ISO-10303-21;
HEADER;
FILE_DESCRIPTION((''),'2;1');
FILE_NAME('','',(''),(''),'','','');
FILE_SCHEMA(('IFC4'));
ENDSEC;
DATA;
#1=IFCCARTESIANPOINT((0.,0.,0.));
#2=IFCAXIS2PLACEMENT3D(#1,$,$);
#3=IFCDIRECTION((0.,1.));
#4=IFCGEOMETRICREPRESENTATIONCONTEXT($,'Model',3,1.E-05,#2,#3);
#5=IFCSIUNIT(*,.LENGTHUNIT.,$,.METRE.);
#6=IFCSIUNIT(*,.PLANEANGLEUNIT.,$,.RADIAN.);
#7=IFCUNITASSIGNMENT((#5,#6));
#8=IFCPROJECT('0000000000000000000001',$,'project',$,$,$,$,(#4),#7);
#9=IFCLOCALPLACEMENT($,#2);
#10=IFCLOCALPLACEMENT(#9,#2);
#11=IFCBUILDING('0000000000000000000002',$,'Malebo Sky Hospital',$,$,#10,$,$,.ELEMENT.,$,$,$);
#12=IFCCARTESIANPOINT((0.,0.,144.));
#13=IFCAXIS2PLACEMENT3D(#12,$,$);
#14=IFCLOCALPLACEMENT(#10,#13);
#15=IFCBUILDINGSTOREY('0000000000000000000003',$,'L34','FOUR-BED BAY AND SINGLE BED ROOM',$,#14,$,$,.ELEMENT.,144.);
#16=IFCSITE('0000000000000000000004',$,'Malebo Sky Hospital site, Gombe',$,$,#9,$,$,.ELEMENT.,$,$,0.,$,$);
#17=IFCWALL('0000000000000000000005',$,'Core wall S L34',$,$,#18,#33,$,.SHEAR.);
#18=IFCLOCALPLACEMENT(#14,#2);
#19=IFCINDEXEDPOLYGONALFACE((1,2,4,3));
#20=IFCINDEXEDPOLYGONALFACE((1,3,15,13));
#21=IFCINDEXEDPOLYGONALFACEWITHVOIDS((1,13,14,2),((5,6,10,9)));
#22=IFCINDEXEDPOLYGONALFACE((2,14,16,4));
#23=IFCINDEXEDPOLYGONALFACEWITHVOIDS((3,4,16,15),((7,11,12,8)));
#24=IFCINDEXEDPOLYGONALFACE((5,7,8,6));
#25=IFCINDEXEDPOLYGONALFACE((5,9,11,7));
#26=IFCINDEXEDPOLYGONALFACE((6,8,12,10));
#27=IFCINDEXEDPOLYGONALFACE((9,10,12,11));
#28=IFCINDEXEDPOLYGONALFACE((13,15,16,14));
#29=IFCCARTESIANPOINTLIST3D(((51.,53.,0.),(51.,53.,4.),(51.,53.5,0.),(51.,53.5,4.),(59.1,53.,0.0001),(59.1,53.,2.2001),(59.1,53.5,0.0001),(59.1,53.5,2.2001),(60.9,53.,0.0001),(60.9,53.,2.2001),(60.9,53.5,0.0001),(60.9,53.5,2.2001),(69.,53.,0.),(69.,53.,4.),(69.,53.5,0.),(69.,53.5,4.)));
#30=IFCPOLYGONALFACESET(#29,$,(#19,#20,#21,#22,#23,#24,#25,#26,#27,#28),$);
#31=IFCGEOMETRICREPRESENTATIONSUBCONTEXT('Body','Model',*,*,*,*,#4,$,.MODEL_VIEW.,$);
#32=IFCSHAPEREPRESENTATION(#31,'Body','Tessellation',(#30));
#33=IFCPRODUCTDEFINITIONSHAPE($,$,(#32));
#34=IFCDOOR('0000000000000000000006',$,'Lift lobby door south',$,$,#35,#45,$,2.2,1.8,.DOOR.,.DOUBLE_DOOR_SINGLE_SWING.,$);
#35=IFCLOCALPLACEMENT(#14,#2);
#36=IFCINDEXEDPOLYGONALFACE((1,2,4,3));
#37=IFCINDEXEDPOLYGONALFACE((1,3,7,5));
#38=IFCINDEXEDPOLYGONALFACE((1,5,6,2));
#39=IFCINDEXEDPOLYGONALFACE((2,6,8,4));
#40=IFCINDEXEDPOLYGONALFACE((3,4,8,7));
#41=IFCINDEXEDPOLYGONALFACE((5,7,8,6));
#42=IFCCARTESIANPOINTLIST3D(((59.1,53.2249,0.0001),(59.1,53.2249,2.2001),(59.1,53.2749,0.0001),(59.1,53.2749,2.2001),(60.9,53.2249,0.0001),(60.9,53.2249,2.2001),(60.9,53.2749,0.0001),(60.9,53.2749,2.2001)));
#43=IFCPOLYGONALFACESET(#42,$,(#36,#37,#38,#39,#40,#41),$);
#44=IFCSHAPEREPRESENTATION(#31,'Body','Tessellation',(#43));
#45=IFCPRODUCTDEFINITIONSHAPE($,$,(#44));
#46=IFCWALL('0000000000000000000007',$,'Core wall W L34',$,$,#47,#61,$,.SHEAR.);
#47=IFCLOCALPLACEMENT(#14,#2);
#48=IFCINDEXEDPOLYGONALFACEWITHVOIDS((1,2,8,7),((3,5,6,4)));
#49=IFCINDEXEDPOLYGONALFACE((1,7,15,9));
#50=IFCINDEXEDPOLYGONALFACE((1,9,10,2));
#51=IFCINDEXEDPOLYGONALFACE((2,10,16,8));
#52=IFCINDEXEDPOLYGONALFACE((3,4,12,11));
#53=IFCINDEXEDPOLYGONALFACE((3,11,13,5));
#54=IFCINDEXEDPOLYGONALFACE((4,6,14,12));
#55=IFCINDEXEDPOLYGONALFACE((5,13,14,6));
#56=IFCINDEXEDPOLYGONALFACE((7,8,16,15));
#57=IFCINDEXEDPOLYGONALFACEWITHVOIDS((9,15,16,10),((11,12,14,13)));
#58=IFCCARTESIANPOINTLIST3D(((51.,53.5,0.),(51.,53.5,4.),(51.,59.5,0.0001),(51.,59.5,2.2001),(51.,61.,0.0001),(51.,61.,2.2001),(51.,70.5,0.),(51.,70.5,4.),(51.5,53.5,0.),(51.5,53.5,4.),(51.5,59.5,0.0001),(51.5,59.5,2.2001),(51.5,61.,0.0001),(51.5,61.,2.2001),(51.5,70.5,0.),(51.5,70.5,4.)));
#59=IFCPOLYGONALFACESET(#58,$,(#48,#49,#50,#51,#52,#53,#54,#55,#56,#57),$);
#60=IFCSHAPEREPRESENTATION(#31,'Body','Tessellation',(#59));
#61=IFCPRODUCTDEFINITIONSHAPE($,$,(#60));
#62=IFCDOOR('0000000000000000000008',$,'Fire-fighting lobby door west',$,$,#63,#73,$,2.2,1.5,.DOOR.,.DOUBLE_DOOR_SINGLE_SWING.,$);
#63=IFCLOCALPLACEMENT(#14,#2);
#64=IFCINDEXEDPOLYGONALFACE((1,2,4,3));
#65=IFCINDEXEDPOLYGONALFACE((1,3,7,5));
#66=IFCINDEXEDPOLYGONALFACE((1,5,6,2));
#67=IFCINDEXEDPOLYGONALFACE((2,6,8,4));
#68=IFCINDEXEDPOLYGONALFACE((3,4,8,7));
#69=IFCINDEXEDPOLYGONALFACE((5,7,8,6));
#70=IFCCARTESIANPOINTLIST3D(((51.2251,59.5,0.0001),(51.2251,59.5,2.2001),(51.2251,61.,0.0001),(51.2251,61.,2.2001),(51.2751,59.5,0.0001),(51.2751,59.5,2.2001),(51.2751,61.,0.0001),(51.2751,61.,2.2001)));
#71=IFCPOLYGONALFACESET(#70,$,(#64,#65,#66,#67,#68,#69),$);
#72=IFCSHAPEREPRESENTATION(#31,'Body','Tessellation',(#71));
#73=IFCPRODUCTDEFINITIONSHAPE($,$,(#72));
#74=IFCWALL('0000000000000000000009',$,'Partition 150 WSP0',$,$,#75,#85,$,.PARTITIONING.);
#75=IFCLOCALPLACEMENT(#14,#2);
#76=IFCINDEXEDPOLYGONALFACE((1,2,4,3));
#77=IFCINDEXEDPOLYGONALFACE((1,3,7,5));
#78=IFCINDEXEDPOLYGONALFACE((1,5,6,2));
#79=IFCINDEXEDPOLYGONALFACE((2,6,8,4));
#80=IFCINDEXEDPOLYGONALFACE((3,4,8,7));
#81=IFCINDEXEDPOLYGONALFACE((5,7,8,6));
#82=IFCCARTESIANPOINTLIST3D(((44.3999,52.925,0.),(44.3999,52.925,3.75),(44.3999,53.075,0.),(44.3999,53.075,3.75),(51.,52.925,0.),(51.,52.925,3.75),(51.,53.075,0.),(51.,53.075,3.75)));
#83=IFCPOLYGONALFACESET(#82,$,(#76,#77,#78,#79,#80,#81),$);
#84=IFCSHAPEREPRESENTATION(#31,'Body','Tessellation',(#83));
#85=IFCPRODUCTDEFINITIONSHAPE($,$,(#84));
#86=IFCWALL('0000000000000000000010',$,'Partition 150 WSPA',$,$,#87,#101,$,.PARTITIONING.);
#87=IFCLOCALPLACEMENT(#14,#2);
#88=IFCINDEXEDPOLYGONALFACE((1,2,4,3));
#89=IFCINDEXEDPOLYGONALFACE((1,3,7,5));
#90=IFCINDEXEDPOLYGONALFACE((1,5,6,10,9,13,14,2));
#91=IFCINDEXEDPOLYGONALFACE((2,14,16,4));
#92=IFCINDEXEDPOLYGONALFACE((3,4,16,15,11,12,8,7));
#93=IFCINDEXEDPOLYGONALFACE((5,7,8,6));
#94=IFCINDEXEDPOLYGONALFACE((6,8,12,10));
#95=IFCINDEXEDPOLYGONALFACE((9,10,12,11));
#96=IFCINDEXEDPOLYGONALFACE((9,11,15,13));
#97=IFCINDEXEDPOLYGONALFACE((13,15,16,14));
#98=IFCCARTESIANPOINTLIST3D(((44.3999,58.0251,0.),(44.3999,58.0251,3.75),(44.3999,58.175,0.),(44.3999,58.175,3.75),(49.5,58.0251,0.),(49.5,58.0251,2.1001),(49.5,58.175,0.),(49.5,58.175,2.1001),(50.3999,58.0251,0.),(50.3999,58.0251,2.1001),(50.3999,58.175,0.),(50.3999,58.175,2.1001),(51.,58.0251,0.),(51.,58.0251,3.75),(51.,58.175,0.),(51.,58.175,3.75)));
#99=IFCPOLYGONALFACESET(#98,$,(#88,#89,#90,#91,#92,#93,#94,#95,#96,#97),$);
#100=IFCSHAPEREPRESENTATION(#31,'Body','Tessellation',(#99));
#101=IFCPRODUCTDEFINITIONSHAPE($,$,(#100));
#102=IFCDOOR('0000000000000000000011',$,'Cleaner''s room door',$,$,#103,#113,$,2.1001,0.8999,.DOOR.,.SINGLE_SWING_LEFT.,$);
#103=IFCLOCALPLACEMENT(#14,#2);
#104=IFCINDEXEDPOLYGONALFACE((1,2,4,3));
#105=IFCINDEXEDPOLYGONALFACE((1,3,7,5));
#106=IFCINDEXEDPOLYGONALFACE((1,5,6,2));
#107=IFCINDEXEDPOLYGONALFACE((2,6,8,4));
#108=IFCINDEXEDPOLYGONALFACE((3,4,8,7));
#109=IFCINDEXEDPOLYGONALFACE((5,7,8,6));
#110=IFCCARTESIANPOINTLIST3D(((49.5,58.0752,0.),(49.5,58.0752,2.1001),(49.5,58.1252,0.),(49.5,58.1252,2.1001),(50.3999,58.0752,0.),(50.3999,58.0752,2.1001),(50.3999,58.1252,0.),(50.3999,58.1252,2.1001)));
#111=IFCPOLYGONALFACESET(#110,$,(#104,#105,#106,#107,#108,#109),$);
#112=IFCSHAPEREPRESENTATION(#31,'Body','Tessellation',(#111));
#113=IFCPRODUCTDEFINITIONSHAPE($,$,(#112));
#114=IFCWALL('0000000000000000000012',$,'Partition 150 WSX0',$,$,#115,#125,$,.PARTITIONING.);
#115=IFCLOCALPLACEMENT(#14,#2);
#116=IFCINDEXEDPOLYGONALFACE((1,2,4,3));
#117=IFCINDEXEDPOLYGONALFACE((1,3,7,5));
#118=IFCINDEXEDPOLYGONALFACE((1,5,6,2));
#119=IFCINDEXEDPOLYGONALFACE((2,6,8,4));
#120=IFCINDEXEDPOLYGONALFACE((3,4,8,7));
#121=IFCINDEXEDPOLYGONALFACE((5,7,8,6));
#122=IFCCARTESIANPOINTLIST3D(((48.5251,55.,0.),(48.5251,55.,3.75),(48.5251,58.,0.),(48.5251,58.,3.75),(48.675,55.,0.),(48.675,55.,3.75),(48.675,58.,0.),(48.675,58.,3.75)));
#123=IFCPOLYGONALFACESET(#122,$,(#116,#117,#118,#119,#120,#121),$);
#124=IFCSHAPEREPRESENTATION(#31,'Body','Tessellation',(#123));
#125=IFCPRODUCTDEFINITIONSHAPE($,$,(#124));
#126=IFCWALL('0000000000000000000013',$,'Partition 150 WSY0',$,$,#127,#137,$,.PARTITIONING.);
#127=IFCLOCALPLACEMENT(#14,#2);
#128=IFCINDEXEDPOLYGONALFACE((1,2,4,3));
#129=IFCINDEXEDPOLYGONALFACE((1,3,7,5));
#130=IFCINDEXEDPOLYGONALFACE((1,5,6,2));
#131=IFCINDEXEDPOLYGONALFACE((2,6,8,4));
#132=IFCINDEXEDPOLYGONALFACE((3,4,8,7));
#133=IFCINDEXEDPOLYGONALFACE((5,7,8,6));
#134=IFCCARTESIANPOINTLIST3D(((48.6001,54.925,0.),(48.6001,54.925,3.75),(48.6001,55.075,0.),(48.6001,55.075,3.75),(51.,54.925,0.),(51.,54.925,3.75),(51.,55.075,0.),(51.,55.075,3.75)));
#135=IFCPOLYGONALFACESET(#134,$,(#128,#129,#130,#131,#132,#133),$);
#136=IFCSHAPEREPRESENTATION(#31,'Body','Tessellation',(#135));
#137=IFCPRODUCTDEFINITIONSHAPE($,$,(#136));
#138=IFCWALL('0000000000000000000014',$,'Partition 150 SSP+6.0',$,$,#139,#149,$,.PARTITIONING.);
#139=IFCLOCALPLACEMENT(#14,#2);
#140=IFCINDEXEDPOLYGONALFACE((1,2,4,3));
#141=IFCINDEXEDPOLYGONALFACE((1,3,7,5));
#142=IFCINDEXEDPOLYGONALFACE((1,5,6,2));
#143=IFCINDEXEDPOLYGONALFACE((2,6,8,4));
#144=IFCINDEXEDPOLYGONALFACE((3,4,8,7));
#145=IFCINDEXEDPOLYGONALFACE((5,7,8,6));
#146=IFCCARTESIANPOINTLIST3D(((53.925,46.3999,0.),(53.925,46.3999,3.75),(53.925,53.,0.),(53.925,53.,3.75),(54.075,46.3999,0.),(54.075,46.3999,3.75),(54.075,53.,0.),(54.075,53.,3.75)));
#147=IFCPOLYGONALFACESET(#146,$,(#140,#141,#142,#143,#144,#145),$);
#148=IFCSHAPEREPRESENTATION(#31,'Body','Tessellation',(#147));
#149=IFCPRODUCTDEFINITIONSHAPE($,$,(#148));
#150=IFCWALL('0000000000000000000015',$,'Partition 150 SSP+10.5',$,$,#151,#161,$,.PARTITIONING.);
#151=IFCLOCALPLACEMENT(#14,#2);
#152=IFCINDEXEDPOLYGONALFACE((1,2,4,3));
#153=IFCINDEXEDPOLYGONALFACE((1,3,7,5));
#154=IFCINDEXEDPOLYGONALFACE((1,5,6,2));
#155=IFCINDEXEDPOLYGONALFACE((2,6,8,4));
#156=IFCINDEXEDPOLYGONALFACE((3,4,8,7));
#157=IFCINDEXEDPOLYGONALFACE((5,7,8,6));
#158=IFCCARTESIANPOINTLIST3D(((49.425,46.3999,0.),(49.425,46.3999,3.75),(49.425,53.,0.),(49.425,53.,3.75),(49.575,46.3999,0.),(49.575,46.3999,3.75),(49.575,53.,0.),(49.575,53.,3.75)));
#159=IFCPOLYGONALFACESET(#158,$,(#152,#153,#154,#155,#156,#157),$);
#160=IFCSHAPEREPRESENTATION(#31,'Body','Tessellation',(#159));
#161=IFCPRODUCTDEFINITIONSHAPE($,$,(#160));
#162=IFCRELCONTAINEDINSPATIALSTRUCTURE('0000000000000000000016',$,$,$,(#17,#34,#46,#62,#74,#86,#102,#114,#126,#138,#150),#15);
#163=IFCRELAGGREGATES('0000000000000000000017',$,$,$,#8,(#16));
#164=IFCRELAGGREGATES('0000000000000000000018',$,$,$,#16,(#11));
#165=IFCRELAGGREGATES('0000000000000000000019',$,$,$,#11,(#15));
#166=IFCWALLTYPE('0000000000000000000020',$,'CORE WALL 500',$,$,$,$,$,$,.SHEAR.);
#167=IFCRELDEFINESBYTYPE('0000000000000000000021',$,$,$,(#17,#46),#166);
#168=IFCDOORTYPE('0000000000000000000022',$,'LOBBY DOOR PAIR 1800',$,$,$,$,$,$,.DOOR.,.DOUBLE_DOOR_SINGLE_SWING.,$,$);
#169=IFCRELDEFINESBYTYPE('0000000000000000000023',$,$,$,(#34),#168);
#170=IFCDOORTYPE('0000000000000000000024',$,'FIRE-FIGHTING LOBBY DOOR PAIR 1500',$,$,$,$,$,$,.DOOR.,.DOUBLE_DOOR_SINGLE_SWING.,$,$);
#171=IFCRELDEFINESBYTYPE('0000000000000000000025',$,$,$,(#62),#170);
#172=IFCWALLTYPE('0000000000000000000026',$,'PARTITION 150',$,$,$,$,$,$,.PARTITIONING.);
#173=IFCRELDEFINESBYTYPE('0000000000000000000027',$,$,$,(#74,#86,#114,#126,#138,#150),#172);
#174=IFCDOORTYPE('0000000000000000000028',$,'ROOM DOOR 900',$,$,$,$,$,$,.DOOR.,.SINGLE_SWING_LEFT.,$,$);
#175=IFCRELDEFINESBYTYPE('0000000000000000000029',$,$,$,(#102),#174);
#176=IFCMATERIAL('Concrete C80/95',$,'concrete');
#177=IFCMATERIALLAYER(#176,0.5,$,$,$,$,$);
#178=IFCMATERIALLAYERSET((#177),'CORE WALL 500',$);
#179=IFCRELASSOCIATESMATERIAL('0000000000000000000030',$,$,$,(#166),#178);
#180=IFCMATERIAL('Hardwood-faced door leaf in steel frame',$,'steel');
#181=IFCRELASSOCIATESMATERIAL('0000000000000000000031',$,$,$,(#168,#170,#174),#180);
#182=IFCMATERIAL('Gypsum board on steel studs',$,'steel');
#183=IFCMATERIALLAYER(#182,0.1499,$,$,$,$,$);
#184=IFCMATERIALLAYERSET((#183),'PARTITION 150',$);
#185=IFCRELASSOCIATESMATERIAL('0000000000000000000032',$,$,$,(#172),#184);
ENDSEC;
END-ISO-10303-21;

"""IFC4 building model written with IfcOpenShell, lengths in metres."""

from ifc_helpers import new_model, si_unit, direction, frame, frame_2d, origin, place, context, subcontext, project, spatial, rectangle, extrude, material, layer, layer_set, type_object, element, fill, save


model = new_model("IFC4")

# Units and contexts
model_context = context("Model", 3, precision=1e-05, world=origin(), true_north=direction((0.0, 1.0)))
body_context = subcontext(model_context, "Body", "Model", "MODEL_VIEW")
ifc_project = project(units=[si_unit("LENGTHUNIT", "METRE"), si_unit("PLANEANGLEUNIT", "RADIAN")], contexts=[model_context])

# Site, building, storey
site_placement = place(None, origin())
site = spatial("IfcSite", under=ifc_project, at=site_placement, Name="Malebo Sky Hospital site, Gombe", CompositionType="ELEMENT", RefElevation=0.0)
building_placement = place(site_placement, origin())
building = spatial("IfcBuilding", under=site, at=building_placement, Name="Malebo Sky Hospital", CompositionType="ELEMENT")
storey_placement = place(building_placement, frame((0.0, 0.0, 144.0)))
storey = spatial("IfcBuildingStorey", under=building, at=storey_placement, Name="L34", Description="FOUR-BED BAY AND SINGLE BED ROOM", CompositionType="ELEMENT", Elevation=144.0)

# Shared definitions
ifc_material_1 = material(Name="Concrete C80/95", Category="concrete")

# Walls, openings, doors
ifc_layer_1 = layer(ifc_material_1, 0.5)
ifc_layer_set_1 = layer_set([ifc_layer_1], Name="CORE WALL 500")
wall_type_1 = type_object("IfcWallType", Name="CORE WALL 500", PredefinedType="SHEAR", material=ifc_layer_set_1)
wall_1_placement = place(storey_placement, frame((51.0, 53.25, 0.0), z_axis=(0.0, 0.0, 1.0), x_axis=(1.0, 0.0, 0.0)))
wall_1 = element("IfcWall", 1, at=wall_1_placement, inside=storey, type_object=wall_type_1, Name="Core wall S L34", PredefinedType="SHEAR", context=body_context, shape_type="SweptSolid", body=[
    extrude(rectangle(XDim=18.0, YDim=0.5, at=frame_2d((9.0, 0.0))), origin(), (0.0, 0.0, 1.0), 4.0),
])
opening_1_placement = place(wall_1_placement, frame((8.1001, 0.0, 0.0)))
opening_1 = element("IfcOpeningElement", 2, at=opening_1_placement, cuts=wall_1, PredefinedType="OPENING", context=body_context, shape_type="SweptSolid", body=[
    extrude(rectangle(XDim=1.8, YDim=2.2, at=frame_2d((0.8999, 1.1001))), frame((0.0, 0.26, 0.0), z_axis=(0.0, -1.0, 0.0), x_axis=(1.0, 0.0, 0.0)), (0.0, 0.0, 1.0), 0.52),
])
ifc_material_2 = material(Name="Hardwood-faced door leaf in steel frame", Category="steel")
door_type_1 = type_object("IfcDoorType", Name="LOBBY DOOR PAIR 1800", OperationType="DOUBLE_DOOR_SINGLE_SWING", PredefinedType="DOOR", material=ifc_material_2)
door_1_placement = place(opening_1_placement, origin())
door_1 = element("IfcDoor", 3, at=door_1_placement, inside=storey, type_object=door_type_1, Name="Lift lobby door south", OperationType="DOUBLE_DOOR_SINGLE_SWING", OverallHeight=2.2, OverallWidth=1.8, PredefinedType="DOOR", context=body_context, shape_type="SweptSolid", body=[
    extrude(rectangle(XDim=1.8, YDim=2.2, at=frame_2d((0.8999, 1.1001))), frame((0.0, 0.0249, 0.0), z_axis=(0.0, -1.0, 0.0), x_axis=(1.0, 0.0, 0.0)), (0.0, 0.0, 1.0), 0.05),
])
fill(opening_1, door_1)
wall_2_placement = place(storey_placement, frame((51.25, 53.5, 0.0), z_axis=(0.0, 0.0, 1.0), x_axis=(0.0, 1.0, 0.0)))
wall_2 = element("IfcWall", 4, at=wall_2_placement, inside=storey, type_object=wall_type_1, Name="Core wall W L34", PredefinedType="SHEAR", context=body_context, shape_type="SweptSolid", body=[
    extrude(rectangle(XDim=17.0, YDim=0.5, at=frame_2d((8.5, 0.0))), origin(), (0.0, 0.0, 1.0), 4.0),
])
opening_2_placement = place(wall_2_placement, frame((6.0, 0.0, 0.0)))
opening_2 = element("IfcOpeningElement", 5, at=opening_2_placement, cuts=wall_2, PredefinedType="OPENING", context=body_context, shape_type="SweptSolid", body=[
    extrude(rectangle(XDim=1.5, YDim=2.2, at=frame_2d((0.75, 1.1001))), frame((0.0, 0.26, 0.0), z_axis=(0.0, -1.0, 0.0), x_axis=(1.0, 0.0, 0.0)), (0.0, 0.0, 1.0), 0.52),
])
door_type_2 = type_object("IfcDoorType", Name="FIRE-FIGHTING LOBBY DOOR PAIR 1500", OperationType="DOUBLE_DOOR_SINGLE_SWING", PredefinedType="DOOR", material=ifc_material_2)
door_2_placement = place(opening_2_placement, origin())
door_2 = element("IfcDoor", 6, at=door_2_placement, inside=storey, type_object=door_type_2, Name="Fire-fighting lobby door west", OperationType="DOUBLE_DOOR_SINGLE_SWING", OverallHeight=2.2, OverallWidth=1.5, PredefinedType="DOOR", context=body_context, shape_type="SweptSolid", body=[
    extrude(rectangle(XDim=1.5, YDim=2.2, at=frame_2d((0.75, 1.1001))), frame((0.0, 0.0249, 0.0), z_axis=(0.0, -1.0, 0.0), x_axis=(1.0, 0.0, 0.0)), (0.0, 0.0, 1.0), 0.05),
])
fill(opening_2, door_2)

# Wall
ifc_material_3 = material(Name="Gypsum board on steel studs", Category="steel")
ifc_layer_2 = layer(ifc_material_3, 0.1499)
ifc_layer_set_2 = layer_set([ifc_layer_2], Name="PARTITION 150")
wall_type_2 = type_object("IfcWallType", Name="PARTITION 150", PredefinedType="PARTITIONING", material=ifc_layer_set_2)
wall_3_placement = place(storey_placement, frame((51.0, 53.0, 0.0), z_axis=(0.0, 0.0, 1.0), x_axis=(-1.0, 0.0, 0.0)))
element("IfcWall", 7, at=wall_3_placement, inside=storey, type_object=wall_type_2, Name="Partition 150 WSP0", PredefinedType="PARTITIONING", context=body_context, shape_type="SweptSolid", body=[
    extrude(rectangle(XDim=6.6001, YDim=0.1499, at=frame_2d((3.3, 0.0))), origin(), (0.0, 0.0, 1.0), 3.75),
])

# Wall, opening, door
wall_4_placement = place(storey_placement, frame((51.0, 58.1001, 0.0), z_axis=(0.0, 0.0, 1.0), x_axis=(-1.0, 0.0, 0.0)))
wall_4 = element("IfcWall", 8, at=wall_4_placement, inside=storey, type_object=wall_type_2, Name="Partition 150 WSPA", PredefinedType="PARTITIONING", context=body_context, shape_type="SweptSolid", body=[
    extrude(rectangle(XDim=6.6001, YDim=0.1499, at=frame_2d((3.3, 0.0))), origin(), (0.0, 0.0, 1.0), 3.75),
])
opening_3_placement = place(wall_4_placement, frame((0.6001, 0.0, 0.0)))
opening_3 = element("IfcOpeningElement", 9, at=opening_3_placement, cuts=wall_4, PredefinedType="OPENING", context=body_context, shape_type="SweptSolid", body=[
    extrude(rectangle(XDim=0.8999, YDim=2.1001, at=frame_2d((0.45, 1.05))), frame((0.0, 0.085, 0.0), z_axis=(0.0, -1.0, 0.0), x_axis=(1.0, 0.0, 0.0)), (0.0, 0.0, 1.0), 0.1699),
])
door_type_3 = type_object("IfcDoorType", Name="ROOM DOOR 900", OperationType="SINGLE_SWING_LEFT", PredefinedType="DOOR", material=ifc_material_2)
door_3_placement = place(opening_3_placement, origin())
door_3 = element("IfcDoor", 10, at=door_3_placement, inside=storey, type_object=door_type_3, Name="Cleaner's room door", OperationType="SINGLE_SWING_LEFT", OverallHeight=2.1001, OverallWidth=0.8999, PredefinedType="DOOR", context=body_context, shape_type="SweptSolid", body=[
    extrude(rectangle(XDim=0.8999, YDim=2.1001, at=frame_2d((0.45, 1.05))), frame((0.0, 0.0249, 0.0), z_axis=(0.0, -1.0, 0.0), x_axis=(1.0, 0.0, 0.0)), (0.0, 0.0, 1.0), 0.05),
])
fill(opening_3, door_3)

# Walls
wall_5_placement = place(storey_placement, frame((48.6001, 55.0, 0.0), z_axis=(0.0, 0.0, 1.0), x_axis=(0.0, 1.0, 0.0)))
element("IfcWall", 11, at=wall_5_placement, inside=storey, type_object=wall_type_2, Name="Partition 150 WSX0", PredefinedType="PARTITIONING", context=body_context, shape_type="SweptSolid", body=[
    extrude(rectangle(XDim=3.0, YDim=0.1499, at=frame_2d((1.5, 0.0))), origin(), (0.0, 0.0, 1.0), 3.75),
])
wall_6_placement = place(storey_placement, frame((51.0, 55.0, 0.0), z_axis=(0.0, 0.0, 1.0), x_axis=(-1.0, 0.0, 0.0)))
element("IfcWall", 12, at=wall_6_placement, inside=storey, type_object=wall_type_2, Name="Partition 150 WSY0", PredefinedType="PARTITIONING", context=body_context, shape_type="SweptSolid", body=[
    extrude(rectangle(XDim=2.3999, YDim=0.1499, at=frame_2d((1.2, 0.0))), origin(), (0.0, 0.0, 1.0), 3.75),
])
for number, where, z_axis, x_axis, name in (
    (13, (54.0, 53.0, 0.0), (0.0, 0.0, 1.0), (0.0, -1.0, 0.0), "Partition 150 SSP+6.0"),
    (14, (49.5, 53.0, 0.0), (0.0, 0.0, 1.0), (0.0, -1.0, 0.0), "Partition 150 SSP+10.5"),
):
    element("IfcWall", number, at=place(storey_placement, frame(where, z_axis=z_axis, x_axis=x_axis)), inside=storey, type_object=wall_type_2, Name=name, PredefinedType="PARTITIONING", context=body_context, shape_type="SweptSolid", body=[
        extrude(rectangle(XDim=6.6001, YDim=0.1499, at=frame_2d((3.3, 0.0))), origin(), (0.0, 0.0, 1.0), 3.75),
    ])

save(model, "model.ifc")
